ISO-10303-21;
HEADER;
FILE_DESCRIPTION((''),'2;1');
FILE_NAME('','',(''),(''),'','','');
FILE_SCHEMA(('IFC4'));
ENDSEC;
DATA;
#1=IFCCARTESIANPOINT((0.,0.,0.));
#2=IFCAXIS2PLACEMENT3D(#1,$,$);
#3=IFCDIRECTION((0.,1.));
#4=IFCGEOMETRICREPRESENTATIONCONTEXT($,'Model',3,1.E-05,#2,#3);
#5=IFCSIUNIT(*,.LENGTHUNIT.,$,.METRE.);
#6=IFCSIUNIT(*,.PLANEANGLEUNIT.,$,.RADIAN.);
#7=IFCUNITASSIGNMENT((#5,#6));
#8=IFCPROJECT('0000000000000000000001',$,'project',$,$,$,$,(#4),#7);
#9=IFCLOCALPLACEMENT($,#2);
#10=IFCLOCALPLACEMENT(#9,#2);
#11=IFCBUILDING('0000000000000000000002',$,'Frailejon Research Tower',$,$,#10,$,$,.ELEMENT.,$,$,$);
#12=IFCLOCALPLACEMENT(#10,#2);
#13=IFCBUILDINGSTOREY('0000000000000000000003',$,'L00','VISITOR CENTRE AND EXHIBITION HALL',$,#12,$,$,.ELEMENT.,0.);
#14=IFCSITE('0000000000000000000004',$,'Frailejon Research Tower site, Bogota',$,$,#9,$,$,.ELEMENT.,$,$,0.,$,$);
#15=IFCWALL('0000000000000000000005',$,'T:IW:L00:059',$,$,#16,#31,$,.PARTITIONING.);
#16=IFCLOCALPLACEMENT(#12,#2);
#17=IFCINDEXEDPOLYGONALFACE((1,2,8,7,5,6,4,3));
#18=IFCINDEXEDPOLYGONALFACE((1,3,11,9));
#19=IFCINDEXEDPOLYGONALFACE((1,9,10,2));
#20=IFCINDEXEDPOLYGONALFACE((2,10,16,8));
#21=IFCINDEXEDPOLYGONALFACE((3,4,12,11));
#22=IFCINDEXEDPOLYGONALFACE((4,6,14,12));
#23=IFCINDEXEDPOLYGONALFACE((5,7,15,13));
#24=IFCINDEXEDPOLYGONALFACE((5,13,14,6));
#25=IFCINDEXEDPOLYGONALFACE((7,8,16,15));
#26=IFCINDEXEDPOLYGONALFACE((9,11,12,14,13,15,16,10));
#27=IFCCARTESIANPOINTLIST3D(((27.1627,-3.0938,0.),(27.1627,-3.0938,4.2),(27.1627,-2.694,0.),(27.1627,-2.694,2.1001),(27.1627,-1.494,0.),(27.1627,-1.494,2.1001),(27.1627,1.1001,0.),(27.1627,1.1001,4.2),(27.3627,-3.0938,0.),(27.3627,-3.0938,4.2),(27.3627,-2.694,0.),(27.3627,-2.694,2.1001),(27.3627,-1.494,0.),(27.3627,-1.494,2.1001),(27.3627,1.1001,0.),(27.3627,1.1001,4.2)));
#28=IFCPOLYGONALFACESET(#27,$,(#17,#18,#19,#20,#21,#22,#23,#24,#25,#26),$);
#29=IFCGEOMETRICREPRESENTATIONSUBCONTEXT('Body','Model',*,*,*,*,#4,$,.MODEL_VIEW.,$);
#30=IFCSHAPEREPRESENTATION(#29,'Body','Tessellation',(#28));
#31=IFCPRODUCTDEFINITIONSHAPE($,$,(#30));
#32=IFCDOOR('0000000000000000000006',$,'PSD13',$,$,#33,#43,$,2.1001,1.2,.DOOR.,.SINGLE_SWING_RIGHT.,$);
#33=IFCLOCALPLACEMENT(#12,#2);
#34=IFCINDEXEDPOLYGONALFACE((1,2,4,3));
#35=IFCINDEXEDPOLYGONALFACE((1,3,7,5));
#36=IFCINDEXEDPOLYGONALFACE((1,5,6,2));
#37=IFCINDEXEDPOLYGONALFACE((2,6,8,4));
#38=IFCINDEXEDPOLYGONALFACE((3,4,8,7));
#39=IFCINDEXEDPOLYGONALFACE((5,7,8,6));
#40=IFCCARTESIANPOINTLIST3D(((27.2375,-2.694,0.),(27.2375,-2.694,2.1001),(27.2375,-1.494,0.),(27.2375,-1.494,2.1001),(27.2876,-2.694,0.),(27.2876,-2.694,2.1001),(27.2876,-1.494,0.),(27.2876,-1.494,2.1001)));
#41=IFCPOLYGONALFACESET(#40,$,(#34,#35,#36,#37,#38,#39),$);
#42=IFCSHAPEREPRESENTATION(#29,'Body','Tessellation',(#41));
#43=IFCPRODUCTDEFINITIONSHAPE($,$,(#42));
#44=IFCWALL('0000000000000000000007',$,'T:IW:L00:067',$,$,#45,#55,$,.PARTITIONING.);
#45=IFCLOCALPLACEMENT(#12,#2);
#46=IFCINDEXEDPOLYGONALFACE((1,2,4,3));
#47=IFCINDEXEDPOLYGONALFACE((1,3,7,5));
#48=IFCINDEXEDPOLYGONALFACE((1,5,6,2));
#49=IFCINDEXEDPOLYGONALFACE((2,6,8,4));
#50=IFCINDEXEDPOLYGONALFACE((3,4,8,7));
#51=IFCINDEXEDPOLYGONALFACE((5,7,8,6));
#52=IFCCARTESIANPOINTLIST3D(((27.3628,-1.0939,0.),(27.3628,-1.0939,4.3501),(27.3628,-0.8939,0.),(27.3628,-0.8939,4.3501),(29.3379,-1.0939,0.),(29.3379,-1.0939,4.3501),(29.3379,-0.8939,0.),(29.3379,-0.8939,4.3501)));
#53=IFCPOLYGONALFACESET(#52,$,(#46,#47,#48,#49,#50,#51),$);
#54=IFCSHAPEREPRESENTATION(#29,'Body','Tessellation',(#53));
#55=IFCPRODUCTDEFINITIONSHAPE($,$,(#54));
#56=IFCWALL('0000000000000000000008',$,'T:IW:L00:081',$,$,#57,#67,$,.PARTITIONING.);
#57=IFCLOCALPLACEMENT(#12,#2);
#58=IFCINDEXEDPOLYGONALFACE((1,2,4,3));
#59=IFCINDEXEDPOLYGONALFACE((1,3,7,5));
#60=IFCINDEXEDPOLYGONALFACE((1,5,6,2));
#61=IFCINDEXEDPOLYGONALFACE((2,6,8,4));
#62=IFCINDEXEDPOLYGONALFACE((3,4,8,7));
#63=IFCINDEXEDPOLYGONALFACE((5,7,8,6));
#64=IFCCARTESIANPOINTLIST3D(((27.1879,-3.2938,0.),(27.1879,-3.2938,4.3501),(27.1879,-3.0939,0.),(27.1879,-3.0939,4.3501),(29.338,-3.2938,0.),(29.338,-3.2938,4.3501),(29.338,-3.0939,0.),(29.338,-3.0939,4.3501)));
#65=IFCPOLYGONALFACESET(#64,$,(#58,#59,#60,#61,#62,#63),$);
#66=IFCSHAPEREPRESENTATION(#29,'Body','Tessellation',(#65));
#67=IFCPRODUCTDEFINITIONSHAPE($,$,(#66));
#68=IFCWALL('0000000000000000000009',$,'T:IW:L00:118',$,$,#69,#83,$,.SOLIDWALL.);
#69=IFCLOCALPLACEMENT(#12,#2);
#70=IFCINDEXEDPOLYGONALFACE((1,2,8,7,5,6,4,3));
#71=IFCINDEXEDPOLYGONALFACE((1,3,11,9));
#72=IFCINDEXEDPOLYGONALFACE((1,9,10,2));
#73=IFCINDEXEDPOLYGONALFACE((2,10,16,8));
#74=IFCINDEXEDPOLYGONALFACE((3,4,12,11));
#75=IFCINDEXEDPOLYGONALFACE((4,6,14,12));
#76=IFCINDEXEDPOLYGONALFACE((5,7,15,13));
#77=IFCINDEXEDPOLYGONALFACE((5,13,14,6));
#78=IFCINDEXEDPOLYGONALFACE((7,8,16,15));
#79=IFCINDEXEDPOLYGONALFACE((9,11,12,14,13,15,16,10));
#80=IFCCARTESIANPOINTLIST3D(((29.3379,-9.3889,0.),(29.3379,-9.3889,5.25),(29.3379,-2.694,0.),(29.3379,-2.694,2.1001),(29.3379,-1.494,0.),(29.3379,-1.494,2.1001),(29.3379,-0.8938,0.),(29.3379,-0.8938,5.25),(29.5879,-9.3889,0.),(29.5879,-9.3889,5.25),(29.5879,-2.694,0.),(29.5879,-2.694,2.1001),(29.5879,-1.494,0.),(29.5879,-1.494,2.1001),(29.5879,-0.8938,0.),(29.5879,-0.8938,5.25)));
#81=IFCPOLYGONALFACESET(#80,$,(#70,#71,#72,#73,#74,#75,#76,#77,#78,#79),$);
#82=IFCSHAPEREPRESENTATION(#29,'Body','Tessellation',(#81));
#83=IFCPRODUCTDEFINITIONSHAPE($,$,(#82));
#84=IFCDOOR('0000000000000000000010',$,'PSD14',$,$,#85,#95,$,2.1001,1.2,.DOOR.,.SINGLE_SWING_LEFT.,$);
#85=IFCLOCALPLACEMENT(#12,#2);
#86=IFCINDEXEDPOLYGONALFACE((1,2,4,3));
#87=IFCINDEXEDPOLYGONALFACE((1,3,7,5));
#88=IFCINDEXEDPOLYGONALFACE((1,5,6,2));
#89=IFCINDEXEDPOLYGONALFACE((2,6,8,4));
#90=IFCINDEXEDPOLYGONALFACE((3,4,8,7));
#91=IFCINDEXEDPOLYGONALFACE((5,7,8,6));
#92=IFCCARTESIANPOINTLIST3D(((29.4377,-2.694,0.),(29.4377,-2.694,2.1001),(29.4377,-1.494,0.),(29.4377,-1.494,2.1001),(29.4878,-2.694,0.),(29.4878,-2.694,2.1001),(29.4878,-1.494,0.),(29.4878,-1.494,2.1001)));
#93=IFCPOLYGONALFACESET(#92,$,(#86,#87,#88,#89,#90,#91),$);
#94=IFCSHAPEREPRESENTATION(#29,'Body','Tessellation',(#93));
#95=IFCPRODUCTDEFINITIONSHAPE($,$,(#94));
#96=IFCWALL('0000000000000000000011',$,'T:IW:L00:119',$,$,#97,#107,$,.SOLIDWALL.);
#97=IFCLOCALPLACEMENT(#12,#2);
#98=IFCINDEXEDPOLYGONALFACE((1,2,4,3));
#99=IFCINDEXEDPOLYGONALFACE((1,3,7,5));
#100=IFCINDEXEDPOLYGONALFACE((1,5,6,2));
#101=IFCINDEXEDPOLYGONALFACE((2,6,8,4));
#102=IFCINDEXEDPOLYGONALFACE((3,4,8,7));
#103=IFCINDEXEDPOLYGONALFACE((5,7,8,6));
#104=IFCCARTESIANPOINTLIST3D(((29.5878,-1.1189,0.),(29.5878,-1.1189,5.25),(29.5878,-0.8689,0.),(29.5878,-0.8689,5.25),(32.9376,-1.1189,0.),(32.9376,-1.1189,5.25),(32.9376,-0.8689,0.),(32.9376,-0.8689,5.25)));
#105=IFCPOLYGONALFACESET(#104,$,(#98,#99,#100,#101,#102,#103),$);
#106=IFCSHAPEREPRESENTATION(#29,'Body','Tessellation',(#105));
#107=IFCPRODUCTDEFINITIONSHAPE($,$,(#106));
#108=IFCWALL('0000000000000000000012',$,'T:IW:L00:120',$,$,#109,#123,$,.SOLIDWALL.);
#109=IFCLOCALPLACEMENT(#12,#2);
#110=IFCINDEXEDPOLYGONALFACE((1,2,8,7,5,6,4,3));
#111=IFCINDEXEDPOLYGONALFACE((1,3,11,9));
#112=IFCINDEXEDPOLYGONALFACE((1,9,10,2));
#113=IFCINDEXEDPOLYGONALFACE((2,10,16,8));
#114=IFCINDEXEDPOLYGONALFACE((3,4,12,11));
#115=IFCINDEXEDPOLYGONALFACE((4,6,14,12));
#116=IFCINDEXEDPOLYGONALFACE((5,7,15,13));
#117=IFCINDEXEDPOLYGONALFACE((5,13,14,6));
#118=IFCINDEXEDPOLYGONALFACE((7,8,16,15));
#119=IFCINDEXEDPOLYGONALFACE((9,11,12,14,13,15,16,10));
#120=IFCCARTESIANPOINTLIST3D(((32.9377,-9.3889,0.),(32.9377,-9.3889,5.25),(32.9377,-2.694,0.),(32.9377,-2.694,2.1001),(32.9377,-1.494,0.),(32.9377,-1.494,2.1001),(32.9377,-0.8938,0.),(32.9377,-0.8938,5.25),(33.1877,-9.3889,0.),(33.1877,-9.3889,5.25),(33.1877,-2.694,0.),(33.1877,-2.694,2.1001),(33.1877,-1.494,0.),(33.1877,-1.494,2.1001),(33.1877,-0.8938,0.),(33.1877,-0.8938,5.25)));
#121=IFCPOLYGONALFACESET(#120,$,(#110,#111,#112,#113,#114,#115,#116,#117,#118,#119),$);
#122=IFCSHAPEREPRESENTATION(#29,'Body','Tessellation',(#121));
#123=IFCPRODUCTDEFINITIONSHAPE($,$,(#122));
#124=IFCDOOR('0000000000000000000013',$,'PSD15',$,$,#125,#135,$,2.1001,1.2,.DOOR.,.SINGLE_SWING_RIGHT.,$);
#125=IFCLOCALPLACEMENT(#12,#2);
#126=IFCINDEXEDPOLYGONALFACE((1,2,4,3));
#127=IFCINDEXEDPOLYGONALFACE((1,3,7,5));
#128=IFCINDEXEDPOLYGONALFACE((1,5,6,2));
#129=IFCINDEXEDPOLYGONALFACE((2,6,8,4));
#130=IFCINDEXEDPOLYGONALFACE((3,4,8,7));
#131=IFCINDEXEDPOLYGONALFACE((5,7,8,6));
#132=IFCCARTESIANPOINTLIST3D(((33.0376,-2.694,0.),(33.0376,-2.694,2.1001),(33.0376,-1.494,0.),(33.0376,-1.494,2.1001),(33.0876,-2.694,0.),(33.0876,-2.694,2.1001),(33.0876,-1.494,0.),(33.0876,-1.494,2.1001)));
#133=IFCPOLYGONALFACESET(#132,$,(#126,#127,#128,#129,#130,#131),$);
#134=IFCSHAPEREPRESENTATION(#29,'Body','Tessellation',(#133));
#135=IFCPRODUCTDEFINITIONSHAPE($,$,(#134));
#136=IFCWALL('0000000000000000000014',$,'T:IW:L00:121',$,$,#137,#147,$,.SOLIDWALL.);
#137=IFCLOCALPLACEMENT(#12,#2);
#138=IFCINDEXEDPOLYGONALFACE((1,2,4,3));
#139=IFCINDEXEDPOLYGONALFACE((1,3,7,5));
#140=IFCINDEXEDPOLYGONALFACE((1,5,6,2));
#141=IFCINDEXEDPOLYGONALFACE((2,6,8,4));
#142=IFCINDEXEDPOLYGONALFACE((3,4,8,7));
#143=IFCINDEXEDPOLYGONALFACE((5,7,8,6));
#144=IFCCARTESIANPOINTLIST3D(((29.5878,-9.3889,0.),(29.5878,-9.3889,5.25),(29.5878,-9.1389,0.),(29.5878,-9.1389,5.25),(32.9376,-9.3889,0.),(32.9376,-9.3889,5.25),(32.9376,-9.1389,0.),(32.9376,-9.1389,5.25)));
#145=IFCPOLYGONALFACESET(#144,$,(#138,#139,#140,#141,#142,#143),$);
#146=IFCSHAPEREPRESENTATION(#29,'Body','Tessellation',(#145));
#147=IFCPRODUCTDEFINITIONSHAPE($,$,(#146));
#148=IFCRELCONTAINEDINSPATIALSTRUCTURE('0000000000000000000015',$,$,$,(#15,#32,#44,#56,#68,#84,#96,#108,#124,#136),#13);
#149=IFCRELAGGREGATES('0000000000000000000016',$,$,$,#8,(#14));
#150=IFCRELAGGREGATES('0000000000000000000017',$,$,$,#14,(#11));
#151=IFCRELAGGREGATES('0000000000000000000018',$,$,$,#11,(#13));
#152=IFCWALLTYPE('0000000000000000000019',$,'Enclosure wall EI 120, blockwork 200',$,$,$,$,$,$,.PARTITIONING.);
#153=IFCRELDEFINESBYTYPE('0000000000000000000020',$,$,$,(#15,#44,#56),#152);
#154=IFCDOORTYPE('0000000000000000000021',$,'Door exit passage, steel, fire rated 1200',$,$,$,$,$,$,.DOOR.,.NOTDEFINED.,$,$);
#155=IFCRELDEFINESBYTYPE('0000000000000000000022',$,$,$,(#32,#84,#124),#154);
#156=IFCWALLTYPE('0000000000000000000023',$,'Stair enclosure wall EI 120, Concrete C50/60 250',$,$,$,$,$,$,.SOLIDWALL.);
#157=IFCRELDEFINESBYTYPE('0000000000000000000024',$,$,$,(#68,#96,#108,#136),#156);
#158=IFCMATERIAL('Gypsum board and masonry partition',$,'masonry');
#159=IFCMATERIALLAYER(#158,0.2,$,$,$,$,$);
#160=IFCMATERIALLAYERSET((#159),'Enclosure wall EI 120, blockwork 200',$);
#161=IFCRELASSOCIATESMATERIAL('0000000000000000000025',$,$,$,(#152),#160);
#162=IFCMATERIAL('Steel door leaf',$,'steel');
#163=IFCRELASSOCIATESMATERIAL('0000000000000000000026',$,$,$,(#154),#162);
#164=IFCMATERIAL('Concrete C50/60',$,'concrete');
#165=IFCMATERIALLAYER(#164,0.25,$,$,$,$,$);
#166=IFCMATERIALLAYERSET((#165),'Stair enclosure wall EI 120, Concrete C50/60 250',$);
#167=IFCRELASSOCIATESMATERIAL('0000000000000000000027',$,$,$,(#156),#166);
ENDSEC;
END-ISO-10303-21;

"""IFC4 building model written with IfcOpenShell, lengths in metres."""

from ifc_helpers import new_model, si_unit, direction, frame, frame_2d, origin, place, context, subcontext, project, spatial, rectangle, extrude, material, layer, layer_set, type_object, element, fill, save


model = new_model("IFC4")

# Units and contexts
model_context = context("Model", 3, precision=1e-05, world=origin(), true_north=direction((0.0, 1.0)))
body_context = subcontext(model_context, "Body", "Model", "MODEL_VIEW")
ifc_project = project(units=[si_unit("LENGTHUNIT", "METRE"), si_unit("PLANEANGLEUNIT", "RADIAN")], contexts=[model_context])

# Site, building, storey
site_placement = place(None, origin())
site = spatial("IfcSite", under=ifc_project, at=site_placement, Name="Frailejon Research Tower site, Bogota", CompositionType="ELEMENT", RefElevation=0.0)
building_placement = place(site_placement, origin())
building = spatial("IfcBuilding", under=site, at=building_placement, Name="Frailejon Research Tower", CompositionType="ELEMENT")
storey_placement = place(building_placement, origin())
storey = spatial("IfcBuildingStorey", under=building, at=storey_placement, Name="L00", Description="VISITOR CENTRE AND EXHIBITION HALL", CompositionType="ELEMENT", Elevation=0.0)

# Wall, opening, door
ifc_material_1 = material(Name="Gypsum board and masonry partition", Category="masonry")
ifc_layer_1 = layer(ifc_material_1, 0.2)
ifc_layer_set_1 = layer_set([ifc_layer_1], Name="Enclosure wall EI 120, blockwork 200")
wall_type_1 = type_object("IfcWallType", Name="Enclosure wall EI 120, blockwork 200", PredefinedType="PARTITIONING", material=ifc_layer_set_1)
wall_1_placement = place(storey_placement, frame((27.2627, -3.0938, 0.0), z_axis=(0.0, 0.0, 1.0), x_axis=(0.0, 1.0, 0.0)))
wall_1 = element("IfcWall", 1, at=wall_1_placement, inside=storey, type_object=wall_type_1, Name="T:IW:L00:059", PredefinedType="PARTITIONING", context=body_context, shape_type="SweptSolid", body=[
    extrude(rectangle(XDim=4.1938, YDim=0.2, at=frame_2d((2.0969, 0.0))), origin(), (0.0, 0.0, 1.0), 4.2),
])
opening_1_placement = place(wall_1_placement, frame((1.5999, 0.0, 0.0), z_axis=(0.0, 0.0, 1.0), x_axis=(-1.0, 0.0, 0.0)))
opening_1 = element("IfcOpeningElement", 2, at=opening_1_placement, cuts=wall_1, PredefinedType="OPENING", context=body_context, shape_type="SweptSolid", body=[
    extrude(rectangle(XDim=1.2, YDim=2.1001, at=frame_2d((0.6001, 1.05))), frame((0.0, 0.1099, 0.0), z_axis=(0.0, -1.0, 0.0), x_axis=(1.0, 0.0, 0.0)), (0.0, 0.0, 1.0), 0.22),
])
ifc_material_2 = material(Name="Steel door leaf", Category="steel")
door_type = type_object("IfcDoorType", Name="Door exit passage, steel, fire rated 1200", OperationType="NOTDEFINED", PredefinedType="DOOR", material=ifc_material_2)
door_1_placement = place(opening_1_placement, origin())
door_1 = element("IfcDoor", 3, at=door_1_placement, inside=storey, type_object=door_type, Name="PSD13", OperationType="SINGLE_SWING_RIGHT", OverallHeight=2.1001, OverallWidth=1.2, PredefinedType="DOOR", context=body_context, shape_type="SweptSolid", body=[
    extrude(rectangle(XDim=1.2, YDim=2.1001, at=frame_2d((0.6001, 1.05))), frame((0.0, 0.0249, 0.0), z_axis=(0.0, -1.0, 0.0), x_axis=(1.0, 0.0, 0.0)), (0.0, 0.0, 1.0), 0.05),
])
fill(opening_1, door_1)

# Walls
wall_2_placement = place(storey_placement, frame((27.3628, -0.9939, 0.0), z_axis=(0.0, 0.0, 1.0), x_axis=(1.0, 0.0, 0.0)))
element("IfcWall", 4, at=wall_2_placement, inside=storey, type_object=wall_type_1, Name="T:IW:L00:067", PredefinedType="PARTITIONING", context=body_context, shape_type="SweptSolid", body=[
    extrude(rectangle(XDim=1.9751, YDim=0.2, at=frame_2d((0.9875, 0.0))), origin(), (0.0, 0.0, 1.0), 4.3501),
])
wall_3_placement = place(storey_placement, frame((27.1877, -3.1938, 0.0), z_axis=(0.0, 0.0, 1.0), x_axis=(1.0, 0.0, 0.0)))
element("IfcWall", 5, at=wall_3_placement, inside=storey, type_object=wall_type_1, Name="T:IW:L00:081", PredefinedType="PARTITIONING", context=body_context, shape_type="SweptSolid", body=[
    extrude(rectangle(XDim=2.1501, YDim=0.2, at=frame_2d((1.0752, 0.0))), origin(), (0.0, 0.0, 1.0), 4.3501),
])

# Wall, opening, door
ifc_material_3 = material(Name="Concrete C50/60", Category="concrete")
ifc_layer_2 = layer(ifc_material_3, 0.25)
ifc_layer_set_2 = layer_set([ifc_layer_2], Name="Stair enclosure wall EI 120, Concrete C50/60 250")
wall_type_2 = type_object("IfcWallType", Name="Stair enclosure wall EI 120, Concrete C50/60 250", PredefinedType="SOLIDWALL", material=ifc_layer_set_2)
wall_4_placement = place(storey_placement, frame((29.4629, -9.3889, 0.0), z_axis=(0.0, 0.0, 1.0), x_axis=(0.0, 1.0, 0.0)))
wall_4 = element("IfcWall", 6, at=wall_4_placement, inside=storey, type_object=wall_type_2, Name="T:IW:L00:118", PredefinedType="SOLIDWALL", context=body_context, shape_type="SweptSolid", body=[
    extrude(rectangle(XDim=8.4951, YDim=0.25, at=frame_2d((4.2476, 0.0))), origin(), (0.0, 0.0, 1.0), 5.25),
])
opening_2_placement = place(wall_4_placement, frame((7.895, 0.0, 0.0), z_axis=(0.0, 0.0, 1.0), x_axis=(-1.0, 0.0, 0.0)))
opening_2 = element("IfcOpeningElement", 7, at=opening_2_placement, cuts=wall_4, PredefinedType="OPENING", context=body_context, shape_type="SweptSolid", body=[
    extrude(rectangle(XDim=1.2, YDim=2.1001, at=frame_2d((0.6001, 1.05))), frame((0.0, 0.135, 0.0), z_axis=(0.0, -1.0, 0.0), x_axis=(1.0, 0.0, 0.0)), (0.0, 0.0, 1.0), 0.27),
])
door_2_placement = place(opening_2_placement, origin())
door_2 = element("IfcDoor", 8, at=door_2_placement, inside=storey, type_object=door_type, Name="PSD14", OperationType="SINGLE_SWING_LEFT", OverallHeight=2.1001, OverallWidth=1.2, PredefinedType="DOOR", context=body_context, shape_type="SweptSolid", body=[
    extrude(rectangle(XDim=1.2, YDim=2.1001, at=frame_2d((0.6001, 1.05))), frame((0.0, 0.0249, 0.0), z_axis=(0.0, -1.0, 0.0), x_axis=(1.0, 0.0, 0.0)), (0.0, 0.0, 1.0), 0.05),
])
fill(opening_2, door_2)

# Wall
wall_5_placement = place(storey_placement, frame((29.5879, -0.9939, 0.0), z_axis=(0.0, 0.0, 1.0), x_axis=(1.0, 0.0, 0.0)))
element("IfcWall", 9, at=wall_5_placement, inside=storey, type_object=wall_type_2, Name="T:IW:L00:119", PredefinedType="SOLIDWALL", context=body_context, shape_type="SweptSolid", body=[
    extrude(rectangle(XDim=3.3499, YDim=0.25, at=frame_2d((1.6748, 0.0))), origin(), (0.0, 0.0, 1.0), 5.25),
])

# Wall, opening, door
wall_6_placement = place(storey_placement, frame((33.0627, -9.3889, 0.0), z_axis=(0.0, 0.0, 1.0), x_axis=(0.0, 1.0, 0.0)))
wall_6 = element("IfcWall", 10, at=wall_6_placement, inside=storey, type_object=wall_type_2, Name="T:IW:L00:120", PredefinedType="SOLIDWALL", context=body_context, shape_type="SweptSolid", body=[
    extrude(rectangle(XDim=8.4951, YDim=0.25, at=frame_2d((4.2476, 0.0))), origin(), (0.0, 0.0, 1.0), 5.25),
])
opening_3_placement = place(wall_6_placement, frame((7.895, 0.0, 0.0), z_axis=(0.0, 0.0, 1.0), x_axis=(-1.0, 0.0, 0.0)))
opening_3 = element("IfcOpeningElement", 11, at=opening_3_placement, cuts=wall_6, PredefinedType="OPENING", context=body_context, shape_type="SweptSolid", body=[
    extrude(rectangle(XDim=1.2, YDim=2.1001, at=frame_2d((0.6001, 1.05))), frame((0.0, 0.135, 0.0), z_axis=(0.0, -1.0, 0.0), x_axis=(1.0, 0.0, 0.0)), (0.0, 0.0, 1.0), 0.27),
])
door_3_placement = place(opening_3_placement, origin())
door_3 = element("IfcDoor", 12, at=door_3_placement, inside=storey, type_object=door_type, Name="PSD15", OperationType="SINGLE_SWING_RIGHT", OverallHeight=2.1001, OverallWidth=1.2, PredefinedType="DOOR", context=body_context, shape_type="SweptSolid", body=[
    extrude(rectangle(XDim=1.2, YDim=2.1001, at=frame_2d((0.6001, 1.05))), frame((0.0, 0.0249, 0.0), z_axis=(0.0, -1.0, 0.0), x_axis=(1.0, 0.0, 0.0)), (0.0, 0.0, 1.0), 0.05),
])
fill(opening_3, door_3)

# Wall
wall_7_placement = place(storey_placement, frame((29.5879, -9.2639, 0.0), z_axis=(0.0, 0.0, 1.0), x_axis=(1.0, 0.0, 0.0)))
element("IfcWall", 13, at=wall_7_placement, inside=storey, type_object=wall_type_2, Name="T:IW:L00:121", PredefinedType="SOLIDWALL", context=body_context, shape_type="SweptSolid", body=[
    extrude(rectangle(XDim=3.3499, YDim=0.25, at=frame_2d((1.6748, 0.0))), origin(), (0.0, 0.0, 1.0), 5.25),
])

save(model, "model.ifc")
